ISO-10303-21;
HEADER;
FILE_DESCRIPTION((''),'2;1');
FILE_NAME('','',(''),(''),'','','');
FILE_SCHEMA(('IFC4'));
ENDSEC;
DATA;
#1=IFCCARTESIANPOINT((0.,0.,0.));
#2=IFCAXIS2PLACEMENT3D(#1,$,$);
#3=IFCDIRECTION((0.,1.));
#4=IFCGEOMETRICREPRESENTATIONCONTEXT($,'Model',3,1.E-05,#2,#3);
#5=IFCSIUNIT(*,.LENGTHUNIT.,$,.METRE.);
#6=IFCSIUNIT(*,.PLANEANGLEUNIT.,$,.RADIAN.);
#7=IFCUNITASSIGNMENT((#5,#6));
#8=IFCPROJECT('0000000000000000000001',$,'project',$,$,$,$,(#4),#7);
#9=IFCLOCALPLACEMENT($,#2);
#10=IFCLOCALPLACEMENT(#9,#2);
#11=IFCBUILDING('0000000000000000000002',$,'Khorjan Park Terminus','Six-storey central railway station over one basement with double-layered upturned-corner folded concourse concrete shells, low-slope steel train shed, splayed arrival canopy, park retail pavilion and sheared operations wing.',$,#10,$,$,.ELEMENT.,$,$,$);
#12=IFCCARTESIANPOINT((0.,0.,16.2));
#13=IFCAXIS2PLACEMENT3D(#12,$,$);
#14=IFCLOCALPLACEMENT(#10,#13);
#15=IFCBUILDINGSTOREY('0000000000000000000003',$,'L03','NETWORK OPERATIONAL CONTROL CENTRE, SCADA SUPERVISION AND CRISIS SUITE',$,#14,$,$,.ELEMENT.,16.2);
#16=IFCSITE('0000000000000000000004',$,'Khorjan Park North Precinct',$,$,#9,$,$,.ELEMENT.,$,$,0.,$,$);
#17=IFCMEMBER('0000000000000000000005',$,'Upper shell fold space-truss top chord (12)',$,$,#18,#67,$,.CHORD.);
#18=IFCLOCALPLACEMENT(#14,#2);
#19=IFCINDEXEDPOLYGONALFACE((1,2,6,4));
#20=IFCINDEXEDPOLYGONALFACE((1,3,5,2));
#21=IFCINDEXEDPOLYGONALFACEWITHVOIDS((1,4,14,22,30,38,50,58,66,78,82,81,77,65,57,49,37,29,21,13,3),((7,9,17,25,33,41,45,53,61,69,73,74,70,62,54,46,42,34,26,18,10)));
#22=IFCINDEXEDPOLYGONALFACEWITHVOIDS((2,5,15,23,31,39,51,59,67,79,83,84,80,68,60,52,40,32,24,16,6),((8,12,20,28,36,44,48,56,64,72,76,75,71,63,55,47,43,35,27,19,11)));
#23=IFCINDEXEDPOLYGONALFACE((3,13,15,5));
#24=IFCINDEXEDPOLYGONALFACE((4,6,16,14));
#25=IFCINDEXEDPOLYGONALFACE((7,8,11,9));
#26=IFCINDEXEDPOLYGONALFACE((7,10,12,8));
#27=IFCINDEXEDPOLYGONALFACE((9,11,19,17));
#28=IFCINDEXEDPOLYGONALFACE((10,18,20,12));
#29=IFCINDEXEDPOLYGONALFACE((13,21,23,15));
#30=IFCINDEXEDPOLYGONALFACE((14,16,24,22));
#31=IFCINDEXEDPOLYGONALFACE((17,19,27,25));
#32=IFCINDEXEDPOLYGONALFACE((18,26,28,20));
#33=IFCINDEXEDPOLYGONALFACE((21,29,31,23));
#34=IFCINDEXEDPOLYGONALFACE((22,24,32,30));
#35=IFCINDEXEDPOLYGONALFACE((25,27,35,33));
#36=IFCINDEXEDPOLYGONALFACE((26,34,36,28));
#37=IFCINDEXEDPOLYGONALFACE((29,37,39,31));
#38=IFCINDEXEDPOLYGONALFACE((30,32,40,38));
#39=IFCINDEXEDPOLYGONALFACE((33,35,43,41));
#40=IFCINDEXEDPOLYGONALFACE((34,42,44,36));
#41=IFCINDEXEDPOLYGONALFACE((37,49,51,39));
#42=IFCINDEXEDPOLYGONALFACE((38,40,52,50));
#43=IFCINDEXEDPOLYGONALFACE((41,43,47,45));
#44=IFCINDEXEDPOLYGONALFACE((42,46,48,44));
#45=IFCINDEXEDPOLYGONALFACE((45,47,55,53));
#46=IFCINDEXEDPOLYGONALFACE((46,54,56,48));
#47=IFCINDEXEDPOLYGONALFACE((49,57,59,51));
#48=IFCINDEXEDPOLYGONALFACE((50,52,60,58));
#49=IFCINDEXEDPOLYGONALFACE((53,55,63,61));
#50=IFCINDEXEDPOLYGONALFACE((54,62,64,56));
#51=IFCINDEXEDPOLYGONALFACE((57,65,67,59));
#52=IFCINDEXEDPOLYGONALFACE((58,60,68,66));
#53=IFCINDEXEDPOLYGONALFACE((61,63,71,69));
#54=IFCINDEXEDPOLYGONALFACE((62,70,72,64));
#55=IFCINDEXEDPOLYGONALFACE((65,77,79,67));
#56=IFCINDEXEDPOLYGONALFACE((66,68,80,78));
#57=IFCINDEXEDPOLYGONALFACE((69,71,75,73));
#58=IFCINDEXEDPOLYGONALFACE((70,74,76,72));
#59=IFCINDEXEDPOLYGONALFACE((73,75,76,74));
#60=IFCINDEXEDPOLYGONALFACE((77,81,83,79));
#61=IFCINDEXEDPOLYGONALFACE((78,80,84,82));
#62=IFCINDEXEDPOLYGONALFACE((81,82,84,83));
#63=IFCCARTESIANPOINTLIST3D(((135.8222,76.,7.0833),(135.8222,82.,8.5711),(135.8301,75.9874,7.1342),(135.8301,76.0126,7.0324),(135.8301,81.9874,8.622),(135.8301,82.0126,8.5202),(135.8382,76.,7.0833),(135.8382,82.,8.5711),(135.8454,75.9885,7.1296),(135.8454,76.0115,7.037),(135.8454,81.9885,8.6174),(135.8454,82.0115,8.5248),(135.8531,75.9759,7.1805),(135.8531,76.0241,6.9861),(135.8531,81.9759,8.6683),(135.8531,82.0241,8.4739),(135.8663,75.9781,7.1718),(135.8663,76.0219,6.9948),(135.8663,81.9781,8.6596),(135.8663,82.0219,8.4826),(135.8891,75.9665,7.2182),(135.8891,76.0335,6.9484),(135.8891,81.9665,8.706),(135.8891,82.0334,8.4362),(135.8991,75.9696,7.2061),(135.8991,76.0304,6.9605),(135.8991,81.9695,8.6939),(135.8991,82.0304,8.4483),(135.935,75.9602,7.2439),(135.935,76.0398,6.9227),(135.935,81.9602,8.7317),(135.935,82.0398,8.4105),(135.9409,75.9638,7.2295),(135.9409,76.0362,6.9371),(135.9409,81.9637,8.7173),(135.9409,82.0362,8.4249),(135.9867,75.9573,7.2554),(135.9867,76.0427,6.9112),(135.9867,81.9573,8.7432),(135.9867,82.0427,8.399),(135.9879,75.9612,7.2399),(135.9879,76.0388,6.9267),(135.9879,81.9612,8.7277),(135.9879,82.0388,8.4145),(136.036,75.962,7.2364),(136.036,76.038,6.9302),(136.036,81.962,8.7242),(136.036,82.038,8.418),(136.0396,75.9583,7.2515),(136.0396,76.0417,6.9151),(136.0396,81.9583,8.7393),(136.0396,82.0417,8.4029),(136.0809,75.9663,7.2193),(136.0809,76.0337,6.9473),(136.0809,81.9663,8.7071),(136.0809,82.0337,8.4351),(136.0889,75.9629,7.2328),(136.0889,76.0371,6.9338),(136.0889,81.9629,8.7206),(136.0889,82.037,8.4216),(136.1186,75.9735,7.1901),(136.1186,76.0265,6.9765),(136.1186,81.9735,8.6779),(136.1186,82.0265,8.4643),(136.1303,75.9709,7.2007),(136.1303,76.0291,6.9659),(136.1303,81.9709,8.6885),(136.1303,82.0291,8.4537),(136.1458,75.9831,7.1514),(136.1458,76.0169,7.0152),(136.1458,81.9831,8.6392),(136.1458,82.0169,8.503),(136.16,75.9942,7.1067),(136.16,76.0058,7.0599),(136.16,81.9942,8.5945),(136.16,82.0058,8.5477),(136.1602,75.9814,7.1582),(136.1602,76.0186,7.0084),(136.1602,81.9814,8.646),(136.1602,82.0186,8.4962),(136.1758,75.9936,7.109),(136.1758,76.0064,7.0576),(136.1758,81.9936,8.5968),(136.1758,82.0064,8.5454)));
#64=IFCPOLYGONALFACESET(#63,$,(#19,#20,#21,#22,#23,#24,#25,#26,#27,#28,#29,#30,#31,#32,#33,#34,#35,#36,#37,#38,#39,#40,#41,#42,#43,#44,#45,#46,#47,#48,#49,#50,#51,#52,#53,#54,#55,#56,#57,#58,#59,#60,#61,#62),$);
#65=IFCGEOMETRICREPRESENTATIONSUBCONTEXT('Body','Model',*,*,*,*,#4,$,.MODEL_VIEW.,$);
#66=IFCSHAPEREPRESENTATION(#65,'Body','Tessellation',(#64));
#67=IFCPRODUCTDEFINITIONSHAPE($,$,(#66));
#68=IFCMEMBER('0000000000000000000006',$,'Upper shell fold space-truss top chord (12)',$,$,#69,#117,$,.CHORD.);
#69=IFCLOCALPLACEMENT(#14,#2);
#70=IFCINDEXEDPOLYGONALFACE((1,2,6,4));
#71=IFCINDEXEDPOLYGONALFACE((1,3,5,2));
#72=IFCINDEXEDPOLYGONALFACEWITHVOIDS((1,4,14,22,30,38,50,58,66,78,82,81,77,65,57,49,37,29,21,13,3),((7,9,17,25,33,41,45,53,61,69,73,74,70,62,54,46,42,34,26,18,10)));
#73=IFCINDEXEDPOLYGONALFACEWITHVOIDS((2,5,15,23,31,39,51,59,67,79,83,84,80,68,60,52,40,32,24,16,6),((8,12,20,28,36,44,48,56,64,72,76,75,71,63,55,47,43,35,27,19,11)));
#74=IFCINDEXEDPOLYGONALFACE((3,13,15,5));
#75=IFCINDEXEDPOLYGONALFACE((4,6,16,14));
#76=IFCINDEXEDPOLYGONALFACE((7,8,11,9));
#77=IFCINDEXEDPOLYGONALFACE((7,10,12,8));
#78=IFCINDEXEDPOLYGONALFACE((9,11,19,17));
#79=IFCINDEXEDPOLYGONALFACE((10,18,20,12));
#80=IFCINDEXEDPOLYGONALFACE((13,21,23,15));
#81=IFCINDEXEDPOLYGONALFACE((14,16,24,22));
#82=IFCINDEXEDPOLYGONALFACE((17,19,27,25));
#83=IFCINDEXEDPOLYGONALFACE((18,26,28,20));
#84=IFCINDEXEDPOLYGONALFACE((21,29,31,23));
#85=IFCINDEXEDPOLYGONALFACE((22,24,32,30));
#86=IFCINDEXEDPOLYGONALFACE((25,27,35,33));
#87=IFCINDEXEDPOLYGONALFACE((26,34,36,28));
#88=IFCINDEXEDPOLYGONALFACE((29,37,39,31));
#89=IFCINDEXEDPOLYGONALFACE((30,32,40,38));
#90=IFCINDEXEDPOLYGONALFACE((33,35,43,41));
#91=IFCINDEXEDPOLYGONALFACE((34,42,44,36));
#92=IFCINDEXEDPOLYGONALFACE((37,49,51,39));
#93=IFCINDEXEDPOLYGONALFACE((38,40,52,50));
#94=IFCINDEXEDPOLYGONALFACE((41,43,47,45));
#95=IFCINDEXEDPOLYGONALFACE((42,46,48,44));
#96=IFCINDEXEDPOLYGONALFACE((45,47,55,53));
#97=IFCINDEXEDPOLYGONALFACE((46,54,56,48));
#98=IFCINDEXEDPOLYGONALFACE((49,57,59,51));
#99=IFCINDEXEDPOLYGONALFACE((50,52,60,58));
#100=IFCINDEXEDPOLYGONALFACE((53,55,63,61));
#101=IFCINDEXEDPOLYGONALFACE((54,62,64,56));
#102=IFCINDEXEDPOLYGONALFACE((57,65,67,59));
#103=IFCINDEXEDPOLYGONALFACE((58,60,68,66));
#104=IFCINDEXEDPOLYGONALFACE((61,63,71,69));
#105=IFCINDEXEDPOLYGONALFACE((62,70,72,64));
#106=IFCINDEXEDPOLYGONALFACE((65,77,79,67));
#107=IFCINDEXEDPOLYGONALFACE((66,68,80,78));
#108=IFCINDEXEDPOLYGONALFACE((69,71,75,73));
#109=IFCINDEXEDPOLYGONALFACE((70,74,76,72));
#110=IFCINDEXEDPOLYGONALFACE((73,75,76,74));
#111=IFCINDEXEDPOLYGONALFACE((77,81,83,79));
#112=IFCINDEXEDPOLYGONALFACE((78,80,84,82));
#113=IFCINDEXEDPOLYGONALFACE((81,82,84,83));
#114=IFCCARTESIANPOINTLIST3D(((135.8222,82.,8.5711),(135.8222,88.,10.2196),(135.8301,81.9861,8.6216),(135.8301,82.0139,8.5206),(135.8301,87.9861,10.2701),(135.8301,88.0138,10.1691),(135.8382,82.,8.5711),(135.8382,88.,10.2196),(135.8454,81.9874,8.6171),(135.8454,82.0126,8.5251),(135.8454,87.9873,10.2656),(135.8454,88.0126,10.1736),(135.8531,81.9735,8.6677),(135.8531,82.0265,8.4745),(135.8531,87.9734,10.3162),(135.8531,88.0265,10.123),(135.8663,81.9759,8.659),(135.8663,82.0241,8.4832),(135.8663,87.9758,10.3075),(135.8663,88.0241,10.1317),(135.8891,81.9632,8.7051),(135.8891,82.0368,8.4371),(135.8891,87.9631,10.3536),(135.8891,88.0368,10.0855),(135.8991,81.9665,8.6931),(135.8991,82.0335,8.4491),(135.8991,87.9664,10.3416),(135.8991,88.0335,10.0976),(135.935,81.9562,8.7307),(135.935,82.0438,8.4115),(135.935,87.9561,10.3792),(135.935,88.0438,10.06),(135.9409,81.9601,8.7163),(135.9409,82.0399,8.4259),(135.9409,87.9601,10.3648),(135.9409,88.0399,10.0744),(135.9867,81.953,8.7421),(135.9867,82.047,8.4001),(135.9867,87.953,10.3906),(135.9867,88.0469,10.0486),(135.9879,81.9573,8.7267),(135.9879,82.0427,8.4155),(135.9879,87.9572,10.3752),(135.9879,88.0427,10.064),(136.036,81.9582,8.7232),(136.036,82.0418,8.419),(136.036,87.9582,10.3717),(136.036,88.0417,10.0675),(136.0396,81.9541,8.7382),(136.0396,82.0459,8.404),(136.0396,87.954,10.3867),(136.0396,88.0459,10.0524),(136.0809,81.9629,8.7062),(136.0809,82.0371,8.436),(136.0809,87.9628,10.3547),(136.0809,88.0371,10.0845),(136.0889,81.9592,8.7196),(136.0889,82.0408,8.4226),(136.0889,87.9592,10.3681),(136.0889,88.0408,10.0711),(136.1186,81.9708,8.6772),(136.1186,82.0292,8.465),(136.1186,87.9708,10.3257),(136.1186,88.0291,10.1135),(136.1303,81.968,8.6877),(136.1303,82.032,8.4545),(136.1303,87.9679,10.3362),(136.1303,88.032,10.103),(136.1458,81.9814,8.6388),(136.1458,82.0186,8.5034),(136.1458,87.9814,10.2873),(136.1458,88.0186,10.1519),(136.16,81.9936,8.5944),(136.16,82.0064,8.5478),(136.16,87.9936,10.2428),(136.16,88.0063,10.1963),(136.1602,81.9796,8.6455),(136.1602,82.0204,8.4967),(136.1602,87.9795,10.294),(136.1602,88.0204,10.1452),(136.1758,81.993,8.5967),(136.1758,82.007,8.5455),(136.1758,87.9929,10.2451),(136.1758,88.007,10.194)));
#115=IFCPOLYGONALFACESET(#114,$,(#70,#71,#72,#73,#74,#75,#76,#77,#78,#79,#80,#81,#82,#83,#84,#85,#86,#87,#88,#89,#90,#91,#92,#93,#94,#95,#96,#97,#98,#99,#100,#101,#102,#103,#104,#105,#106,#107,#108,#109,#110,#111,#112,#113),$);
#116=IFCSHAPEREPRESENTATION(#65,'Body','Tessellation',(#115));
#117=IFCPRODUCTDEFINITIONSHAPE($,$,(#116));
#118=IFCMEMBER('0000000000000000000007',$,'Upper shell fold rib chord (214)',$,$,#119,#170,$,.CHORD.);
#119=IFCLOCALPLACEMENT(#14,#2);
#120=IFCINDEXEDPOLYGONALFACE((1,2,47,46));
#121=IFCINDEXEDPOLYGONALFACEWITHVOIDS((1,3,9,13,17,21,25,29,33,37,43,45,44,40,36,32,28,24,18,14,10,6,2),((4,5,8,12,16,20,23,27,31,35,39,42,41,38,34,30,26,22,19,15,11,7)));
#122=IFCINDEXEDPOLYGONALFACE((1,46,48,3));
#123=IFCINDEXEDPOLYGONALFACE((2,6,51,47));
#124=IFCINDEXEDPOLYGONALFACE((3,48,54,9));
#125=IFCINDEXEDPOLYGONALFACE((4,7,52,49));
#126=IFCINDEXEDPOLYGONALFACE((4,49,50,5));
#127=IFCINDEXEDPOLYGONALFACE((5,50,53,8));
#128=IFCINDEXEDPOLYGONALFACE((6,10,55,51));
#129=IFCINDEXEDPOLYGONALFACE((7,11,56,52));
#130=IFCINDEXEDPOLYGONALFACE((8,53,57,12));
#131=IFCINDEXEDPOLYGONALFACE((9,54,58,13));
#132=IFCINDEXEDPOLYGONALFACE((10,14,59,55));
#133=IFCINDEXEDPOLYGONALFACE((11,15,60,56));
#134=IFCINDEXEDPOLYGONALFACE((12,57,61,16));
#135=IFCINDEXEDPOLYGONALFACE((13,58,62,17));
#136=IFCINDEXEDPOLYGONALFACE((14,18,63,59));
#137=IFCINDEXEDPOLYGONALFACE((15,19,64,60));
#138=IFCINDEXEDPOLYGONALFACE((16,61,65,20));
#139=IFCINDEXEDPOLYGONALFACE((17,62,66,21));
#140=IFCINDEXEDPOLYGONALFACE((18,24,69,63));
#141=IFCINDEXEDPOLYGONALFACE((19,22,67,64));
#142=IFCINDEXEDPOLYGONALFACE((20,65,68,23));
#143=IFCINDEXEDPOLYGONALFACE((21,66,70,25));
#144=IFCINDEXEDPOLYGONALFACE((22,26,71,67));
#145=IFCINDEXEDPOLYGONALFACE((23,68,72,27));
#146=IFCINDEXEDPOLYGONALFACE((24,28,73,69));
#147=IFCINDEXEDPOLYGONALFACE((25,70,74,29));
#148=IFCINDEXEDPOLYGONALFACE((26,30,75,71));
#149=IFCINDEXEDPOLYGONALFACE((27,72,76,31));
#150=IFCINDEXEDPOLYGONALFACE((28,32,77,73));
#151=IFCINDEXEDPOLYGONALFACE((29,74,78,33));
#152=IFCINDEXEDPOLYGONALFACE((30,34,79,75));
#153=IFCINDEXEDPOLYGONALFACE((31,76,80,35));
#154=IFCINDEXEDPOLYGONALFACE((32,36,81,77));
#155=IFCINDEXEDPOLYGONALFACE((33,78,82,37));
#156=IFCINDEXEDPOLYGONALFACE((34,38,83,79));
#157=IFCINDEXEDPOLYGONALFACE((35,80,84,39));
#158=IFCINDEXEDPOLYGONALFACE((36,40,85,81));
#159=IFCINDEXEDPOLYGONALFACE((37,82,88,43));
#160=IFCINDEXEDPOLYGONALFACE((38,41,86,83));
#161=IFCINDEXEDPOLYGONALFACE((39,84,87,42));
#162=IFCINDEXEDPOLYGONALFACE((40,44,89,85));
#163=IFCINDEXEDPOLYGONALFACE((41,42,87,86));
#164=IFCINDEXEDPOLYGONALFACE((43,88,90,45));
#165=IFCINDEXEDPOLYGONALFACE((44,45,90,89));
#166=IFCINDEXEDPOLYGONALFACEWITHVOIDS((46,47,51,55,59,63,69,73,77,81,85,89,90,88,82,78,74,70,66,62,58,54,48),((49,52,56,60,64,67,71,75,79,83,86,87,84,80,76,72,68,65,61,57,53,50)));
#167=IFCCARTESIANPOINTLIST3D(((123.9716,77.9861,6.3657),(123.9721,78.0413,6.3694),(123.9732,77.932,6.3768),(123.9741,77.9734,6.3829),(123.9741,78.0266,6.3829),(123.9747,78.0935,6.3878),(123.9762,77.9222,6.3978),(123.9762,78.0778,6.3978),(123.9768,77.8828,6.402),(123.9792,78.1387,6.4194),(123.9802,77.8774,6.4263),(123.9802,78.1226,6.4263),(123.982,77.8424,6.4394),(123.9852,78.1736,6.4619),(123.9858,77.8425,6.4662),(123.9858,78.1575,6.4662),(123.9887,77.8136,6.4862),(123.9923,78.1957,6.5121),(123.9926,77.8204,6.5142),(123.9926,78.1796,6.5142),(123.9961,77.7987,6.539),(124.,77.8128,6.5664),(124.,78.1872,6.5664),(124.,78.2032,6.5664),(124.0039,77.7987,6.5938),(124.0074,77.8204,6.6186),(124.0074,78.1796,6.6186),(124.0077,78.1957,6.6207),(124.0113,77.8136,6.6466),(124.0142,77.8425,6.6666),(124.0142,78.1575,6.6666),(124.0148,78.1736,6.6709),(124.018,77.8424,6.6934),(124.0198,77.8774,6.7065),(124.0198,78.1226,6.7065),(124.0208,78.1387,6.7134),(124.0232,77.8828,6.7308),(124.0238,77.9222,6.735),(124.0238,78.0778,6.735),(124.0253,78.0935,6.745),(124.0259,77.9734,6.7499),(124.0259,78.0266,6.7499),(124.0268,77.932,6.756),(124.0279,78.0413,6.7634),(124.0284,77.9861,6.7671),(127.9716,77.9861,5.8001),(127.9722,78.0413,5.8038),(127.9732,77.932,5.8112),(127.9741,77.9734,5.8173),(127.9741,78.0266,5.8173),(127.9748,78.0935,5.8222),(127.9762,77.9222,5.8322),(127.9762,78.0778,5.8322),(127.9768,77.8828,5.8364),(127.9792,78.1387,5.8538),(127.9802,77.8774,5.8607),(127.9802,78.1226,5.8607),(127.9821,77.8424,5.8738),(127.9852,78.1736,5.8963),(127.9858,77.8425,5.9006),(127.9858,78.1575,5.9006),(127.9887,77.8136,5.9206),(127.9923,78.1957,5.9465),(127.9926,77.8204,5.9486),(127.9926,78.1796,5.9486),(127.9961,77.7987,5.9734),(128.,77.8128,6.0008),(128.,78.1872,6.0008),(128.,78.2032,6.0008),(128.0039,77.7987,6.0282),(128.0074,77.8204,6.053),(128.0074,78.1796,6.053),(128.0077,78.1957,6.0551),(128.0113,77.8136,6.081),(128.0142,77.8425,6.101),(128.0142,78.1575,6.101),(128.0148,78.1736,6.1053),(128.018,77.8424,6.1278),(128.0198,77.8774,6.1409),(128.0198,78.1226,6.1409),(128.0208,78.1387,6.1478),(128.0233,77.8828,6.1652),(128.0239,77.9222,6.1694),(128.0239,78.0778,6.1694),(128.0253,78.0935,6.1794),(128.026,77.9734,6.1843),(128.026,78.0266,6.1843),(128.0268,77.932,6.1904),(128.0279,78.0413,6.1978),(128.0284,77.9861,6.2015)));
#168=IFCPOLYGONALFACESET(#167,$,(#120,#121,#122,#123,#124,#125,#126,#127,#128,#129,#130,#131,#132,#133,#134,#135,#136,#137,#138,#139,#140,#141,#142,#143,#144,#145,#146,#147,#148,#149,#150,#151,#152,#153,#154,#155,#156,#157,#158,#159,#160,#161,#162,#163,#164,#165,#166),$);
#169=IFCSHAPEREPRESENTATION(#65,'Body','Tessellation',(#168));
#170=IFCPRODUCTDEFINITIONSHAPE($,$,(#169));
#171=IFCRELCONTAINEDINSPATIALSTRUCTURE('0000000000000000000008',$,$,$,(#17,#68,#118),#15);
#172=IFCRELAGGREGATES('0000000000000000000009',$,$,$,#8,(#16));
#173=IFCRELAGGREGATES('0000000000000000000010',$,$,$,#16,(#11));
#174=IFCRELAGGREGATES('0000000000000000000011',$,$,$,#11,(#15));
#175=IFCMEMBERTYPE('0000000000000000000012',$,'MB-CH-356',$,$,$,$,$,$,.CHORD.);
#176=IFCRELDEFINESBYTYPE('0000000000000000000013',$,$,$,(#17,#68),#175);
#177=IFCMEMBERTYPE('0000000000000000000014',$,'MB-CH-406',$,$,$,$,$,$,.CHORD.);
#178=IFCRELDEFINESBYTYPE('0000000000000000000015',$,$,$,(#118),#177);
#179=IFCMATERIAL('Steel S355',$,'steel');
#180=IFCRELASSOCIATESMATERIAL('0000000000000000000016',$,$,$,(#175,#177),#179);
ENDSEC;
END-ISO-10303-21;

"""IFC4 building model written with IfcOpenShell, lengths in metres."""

from ifc_helpers import new_model, si_unit, direction, frame, origin, origin_2d, place, context, subcontext, project, spatial, hollow_circle, extrude, material, material_profile, profile_set, type_object, element, save


model = new_model("IFC4")

# Units and contexts
model_context = context("Model", 3, precision=1e-05, world=origin(), true_north=direction((0.0, 1.0)))
body_context = subcontext(model_context, "Body", "Model", "MODEL_VIEW")
ifc_project = project(units=[si_unit("LENGTHUNIT", "METRE"), si_unit("PLANEANGLEUNIT", "RADIAN")], contexts=[model_context])

# Site, building, storey
site_placement = place(None, origin())
site = spatial("IfcSite", under=ifc_project, at=site_placement, Name="Khorjan Park North Precinct", CompositionType="ELEMENT", RefElevation=0.0)
building_placement = place(site_placement, origin())
building = spatial("IfcBuilding", under=site, at=building_placement, Name="Khorjan Park Terminus", Description="Six-storey central railway station over one basement with double-layered upturned-corner folded concourse concrete shells, low-slope steel train shed, splayed arrival canopy, park retail pavilion and sheared operations wing.", CompositionType="ELEMENT")
storey_placement = place(building_placement, frame((0.0, 0.0, 16.2)))
storey = spatial("IfcBuildingStorey", under=building, at=storey_placement, Name="L03", Description="NETWORK OPERATIONAL CONTROL CENTRE, SCADA SUPERVISION AND CRISIS SUITE", CompositionType="ELEMENT", Elevation=16.2)

# Members
ifc_material_1 = material(Name="Steel S355", Category="steel")
ifc_material_profile_1 = material_profile(ifc_material_1, hollow_circle(Radius=0.1778, WallThickness=0.016, at=origin_2d()), Name="CHS 355.6x16")
ifc_profile_set_1 = profile_set([ifc_material_profile_1], Name="Steel S355")
member_type_1 = type_object("IfcMemberType", Name="MB-CH-356", PredefinedType="CHORD", material=ifc_profile_set_1)
member_1_placement = place(storey_placement, frame((136.0, 76.0, 7.0833), z_axis=(0.0, 0.970605, 0.240678), x_axis=(-1.0, 0.0, 0.0)))
element("IfcMember", 1, at=member_1_placement, inside=storey, type_object=member_type_1, Name="Upper shell fold space-truss top chord (12)", PredefinedType="CHORD", context=body_context, shape_type="SweptSolid", body=[
    extrude(hollow_circle(Radius=0.1778, WallThickness=0.016, at=origin_2d()), origin(), (0.0, 0.0, 1.0), 6.1817),
])
member_2_placement = place(storey_placement, frame((136.0, 82.0, 8.5711), z_axis=(0.0, 0.964267, 0.264932), x_axis=(-1.0, 0.0, 0.0)))
element("IfcMember", 2, at=member_2_placement, inside=storey, type_object=member_type_1, Name="Upper shell fold space-truss top chord (12)", PredefinedType="CHORD", context=body_context, shape_type="SweptSolid", body=[
    extrude(hollow_circle(Radius=0.1778, WallThickness=0.016, at=origin_2d()), origin(), (0.0, 0.0, 1.0), 6.2223),
])
ifc_material_profile_2 = material_profile(ifc_material_1, hollow_circle(Radius=0.2032, WallThickness=0.016, at=origin_2d()), Name="CHS 406.4x16")
ifc_profile_set_2 = profile_set([ifc_material_profile_2], Name="Steel S355")
member_type_2 = type_object("IfcMemberType", Name="MB-CH-406", PredefinedType="CHORD", material=ifc_profile_set_2)
member_3_placement = place(storey_placement, frame((124.0, 78.0, 6.5664), z_axis=(0.99015, 0.0, -0.140007), x_axis=(0.0, 1.0, 0.0)))
element("IfcMember", 3, at=member_3_placement, inside=storey, type_object=member_type_2, Name="Upper shell fold rib chord (214)", PredefinedType="CHORD", context=body_context, shape_type="SweptSolid", body=[
    extrude(hollow_circle(Radius=0.2032, WallThickness=0.016, at=origin_2d()), origin(), (0.0, 0.0, 1.0), 4.0398),
])

save(model, "model.ifc")
